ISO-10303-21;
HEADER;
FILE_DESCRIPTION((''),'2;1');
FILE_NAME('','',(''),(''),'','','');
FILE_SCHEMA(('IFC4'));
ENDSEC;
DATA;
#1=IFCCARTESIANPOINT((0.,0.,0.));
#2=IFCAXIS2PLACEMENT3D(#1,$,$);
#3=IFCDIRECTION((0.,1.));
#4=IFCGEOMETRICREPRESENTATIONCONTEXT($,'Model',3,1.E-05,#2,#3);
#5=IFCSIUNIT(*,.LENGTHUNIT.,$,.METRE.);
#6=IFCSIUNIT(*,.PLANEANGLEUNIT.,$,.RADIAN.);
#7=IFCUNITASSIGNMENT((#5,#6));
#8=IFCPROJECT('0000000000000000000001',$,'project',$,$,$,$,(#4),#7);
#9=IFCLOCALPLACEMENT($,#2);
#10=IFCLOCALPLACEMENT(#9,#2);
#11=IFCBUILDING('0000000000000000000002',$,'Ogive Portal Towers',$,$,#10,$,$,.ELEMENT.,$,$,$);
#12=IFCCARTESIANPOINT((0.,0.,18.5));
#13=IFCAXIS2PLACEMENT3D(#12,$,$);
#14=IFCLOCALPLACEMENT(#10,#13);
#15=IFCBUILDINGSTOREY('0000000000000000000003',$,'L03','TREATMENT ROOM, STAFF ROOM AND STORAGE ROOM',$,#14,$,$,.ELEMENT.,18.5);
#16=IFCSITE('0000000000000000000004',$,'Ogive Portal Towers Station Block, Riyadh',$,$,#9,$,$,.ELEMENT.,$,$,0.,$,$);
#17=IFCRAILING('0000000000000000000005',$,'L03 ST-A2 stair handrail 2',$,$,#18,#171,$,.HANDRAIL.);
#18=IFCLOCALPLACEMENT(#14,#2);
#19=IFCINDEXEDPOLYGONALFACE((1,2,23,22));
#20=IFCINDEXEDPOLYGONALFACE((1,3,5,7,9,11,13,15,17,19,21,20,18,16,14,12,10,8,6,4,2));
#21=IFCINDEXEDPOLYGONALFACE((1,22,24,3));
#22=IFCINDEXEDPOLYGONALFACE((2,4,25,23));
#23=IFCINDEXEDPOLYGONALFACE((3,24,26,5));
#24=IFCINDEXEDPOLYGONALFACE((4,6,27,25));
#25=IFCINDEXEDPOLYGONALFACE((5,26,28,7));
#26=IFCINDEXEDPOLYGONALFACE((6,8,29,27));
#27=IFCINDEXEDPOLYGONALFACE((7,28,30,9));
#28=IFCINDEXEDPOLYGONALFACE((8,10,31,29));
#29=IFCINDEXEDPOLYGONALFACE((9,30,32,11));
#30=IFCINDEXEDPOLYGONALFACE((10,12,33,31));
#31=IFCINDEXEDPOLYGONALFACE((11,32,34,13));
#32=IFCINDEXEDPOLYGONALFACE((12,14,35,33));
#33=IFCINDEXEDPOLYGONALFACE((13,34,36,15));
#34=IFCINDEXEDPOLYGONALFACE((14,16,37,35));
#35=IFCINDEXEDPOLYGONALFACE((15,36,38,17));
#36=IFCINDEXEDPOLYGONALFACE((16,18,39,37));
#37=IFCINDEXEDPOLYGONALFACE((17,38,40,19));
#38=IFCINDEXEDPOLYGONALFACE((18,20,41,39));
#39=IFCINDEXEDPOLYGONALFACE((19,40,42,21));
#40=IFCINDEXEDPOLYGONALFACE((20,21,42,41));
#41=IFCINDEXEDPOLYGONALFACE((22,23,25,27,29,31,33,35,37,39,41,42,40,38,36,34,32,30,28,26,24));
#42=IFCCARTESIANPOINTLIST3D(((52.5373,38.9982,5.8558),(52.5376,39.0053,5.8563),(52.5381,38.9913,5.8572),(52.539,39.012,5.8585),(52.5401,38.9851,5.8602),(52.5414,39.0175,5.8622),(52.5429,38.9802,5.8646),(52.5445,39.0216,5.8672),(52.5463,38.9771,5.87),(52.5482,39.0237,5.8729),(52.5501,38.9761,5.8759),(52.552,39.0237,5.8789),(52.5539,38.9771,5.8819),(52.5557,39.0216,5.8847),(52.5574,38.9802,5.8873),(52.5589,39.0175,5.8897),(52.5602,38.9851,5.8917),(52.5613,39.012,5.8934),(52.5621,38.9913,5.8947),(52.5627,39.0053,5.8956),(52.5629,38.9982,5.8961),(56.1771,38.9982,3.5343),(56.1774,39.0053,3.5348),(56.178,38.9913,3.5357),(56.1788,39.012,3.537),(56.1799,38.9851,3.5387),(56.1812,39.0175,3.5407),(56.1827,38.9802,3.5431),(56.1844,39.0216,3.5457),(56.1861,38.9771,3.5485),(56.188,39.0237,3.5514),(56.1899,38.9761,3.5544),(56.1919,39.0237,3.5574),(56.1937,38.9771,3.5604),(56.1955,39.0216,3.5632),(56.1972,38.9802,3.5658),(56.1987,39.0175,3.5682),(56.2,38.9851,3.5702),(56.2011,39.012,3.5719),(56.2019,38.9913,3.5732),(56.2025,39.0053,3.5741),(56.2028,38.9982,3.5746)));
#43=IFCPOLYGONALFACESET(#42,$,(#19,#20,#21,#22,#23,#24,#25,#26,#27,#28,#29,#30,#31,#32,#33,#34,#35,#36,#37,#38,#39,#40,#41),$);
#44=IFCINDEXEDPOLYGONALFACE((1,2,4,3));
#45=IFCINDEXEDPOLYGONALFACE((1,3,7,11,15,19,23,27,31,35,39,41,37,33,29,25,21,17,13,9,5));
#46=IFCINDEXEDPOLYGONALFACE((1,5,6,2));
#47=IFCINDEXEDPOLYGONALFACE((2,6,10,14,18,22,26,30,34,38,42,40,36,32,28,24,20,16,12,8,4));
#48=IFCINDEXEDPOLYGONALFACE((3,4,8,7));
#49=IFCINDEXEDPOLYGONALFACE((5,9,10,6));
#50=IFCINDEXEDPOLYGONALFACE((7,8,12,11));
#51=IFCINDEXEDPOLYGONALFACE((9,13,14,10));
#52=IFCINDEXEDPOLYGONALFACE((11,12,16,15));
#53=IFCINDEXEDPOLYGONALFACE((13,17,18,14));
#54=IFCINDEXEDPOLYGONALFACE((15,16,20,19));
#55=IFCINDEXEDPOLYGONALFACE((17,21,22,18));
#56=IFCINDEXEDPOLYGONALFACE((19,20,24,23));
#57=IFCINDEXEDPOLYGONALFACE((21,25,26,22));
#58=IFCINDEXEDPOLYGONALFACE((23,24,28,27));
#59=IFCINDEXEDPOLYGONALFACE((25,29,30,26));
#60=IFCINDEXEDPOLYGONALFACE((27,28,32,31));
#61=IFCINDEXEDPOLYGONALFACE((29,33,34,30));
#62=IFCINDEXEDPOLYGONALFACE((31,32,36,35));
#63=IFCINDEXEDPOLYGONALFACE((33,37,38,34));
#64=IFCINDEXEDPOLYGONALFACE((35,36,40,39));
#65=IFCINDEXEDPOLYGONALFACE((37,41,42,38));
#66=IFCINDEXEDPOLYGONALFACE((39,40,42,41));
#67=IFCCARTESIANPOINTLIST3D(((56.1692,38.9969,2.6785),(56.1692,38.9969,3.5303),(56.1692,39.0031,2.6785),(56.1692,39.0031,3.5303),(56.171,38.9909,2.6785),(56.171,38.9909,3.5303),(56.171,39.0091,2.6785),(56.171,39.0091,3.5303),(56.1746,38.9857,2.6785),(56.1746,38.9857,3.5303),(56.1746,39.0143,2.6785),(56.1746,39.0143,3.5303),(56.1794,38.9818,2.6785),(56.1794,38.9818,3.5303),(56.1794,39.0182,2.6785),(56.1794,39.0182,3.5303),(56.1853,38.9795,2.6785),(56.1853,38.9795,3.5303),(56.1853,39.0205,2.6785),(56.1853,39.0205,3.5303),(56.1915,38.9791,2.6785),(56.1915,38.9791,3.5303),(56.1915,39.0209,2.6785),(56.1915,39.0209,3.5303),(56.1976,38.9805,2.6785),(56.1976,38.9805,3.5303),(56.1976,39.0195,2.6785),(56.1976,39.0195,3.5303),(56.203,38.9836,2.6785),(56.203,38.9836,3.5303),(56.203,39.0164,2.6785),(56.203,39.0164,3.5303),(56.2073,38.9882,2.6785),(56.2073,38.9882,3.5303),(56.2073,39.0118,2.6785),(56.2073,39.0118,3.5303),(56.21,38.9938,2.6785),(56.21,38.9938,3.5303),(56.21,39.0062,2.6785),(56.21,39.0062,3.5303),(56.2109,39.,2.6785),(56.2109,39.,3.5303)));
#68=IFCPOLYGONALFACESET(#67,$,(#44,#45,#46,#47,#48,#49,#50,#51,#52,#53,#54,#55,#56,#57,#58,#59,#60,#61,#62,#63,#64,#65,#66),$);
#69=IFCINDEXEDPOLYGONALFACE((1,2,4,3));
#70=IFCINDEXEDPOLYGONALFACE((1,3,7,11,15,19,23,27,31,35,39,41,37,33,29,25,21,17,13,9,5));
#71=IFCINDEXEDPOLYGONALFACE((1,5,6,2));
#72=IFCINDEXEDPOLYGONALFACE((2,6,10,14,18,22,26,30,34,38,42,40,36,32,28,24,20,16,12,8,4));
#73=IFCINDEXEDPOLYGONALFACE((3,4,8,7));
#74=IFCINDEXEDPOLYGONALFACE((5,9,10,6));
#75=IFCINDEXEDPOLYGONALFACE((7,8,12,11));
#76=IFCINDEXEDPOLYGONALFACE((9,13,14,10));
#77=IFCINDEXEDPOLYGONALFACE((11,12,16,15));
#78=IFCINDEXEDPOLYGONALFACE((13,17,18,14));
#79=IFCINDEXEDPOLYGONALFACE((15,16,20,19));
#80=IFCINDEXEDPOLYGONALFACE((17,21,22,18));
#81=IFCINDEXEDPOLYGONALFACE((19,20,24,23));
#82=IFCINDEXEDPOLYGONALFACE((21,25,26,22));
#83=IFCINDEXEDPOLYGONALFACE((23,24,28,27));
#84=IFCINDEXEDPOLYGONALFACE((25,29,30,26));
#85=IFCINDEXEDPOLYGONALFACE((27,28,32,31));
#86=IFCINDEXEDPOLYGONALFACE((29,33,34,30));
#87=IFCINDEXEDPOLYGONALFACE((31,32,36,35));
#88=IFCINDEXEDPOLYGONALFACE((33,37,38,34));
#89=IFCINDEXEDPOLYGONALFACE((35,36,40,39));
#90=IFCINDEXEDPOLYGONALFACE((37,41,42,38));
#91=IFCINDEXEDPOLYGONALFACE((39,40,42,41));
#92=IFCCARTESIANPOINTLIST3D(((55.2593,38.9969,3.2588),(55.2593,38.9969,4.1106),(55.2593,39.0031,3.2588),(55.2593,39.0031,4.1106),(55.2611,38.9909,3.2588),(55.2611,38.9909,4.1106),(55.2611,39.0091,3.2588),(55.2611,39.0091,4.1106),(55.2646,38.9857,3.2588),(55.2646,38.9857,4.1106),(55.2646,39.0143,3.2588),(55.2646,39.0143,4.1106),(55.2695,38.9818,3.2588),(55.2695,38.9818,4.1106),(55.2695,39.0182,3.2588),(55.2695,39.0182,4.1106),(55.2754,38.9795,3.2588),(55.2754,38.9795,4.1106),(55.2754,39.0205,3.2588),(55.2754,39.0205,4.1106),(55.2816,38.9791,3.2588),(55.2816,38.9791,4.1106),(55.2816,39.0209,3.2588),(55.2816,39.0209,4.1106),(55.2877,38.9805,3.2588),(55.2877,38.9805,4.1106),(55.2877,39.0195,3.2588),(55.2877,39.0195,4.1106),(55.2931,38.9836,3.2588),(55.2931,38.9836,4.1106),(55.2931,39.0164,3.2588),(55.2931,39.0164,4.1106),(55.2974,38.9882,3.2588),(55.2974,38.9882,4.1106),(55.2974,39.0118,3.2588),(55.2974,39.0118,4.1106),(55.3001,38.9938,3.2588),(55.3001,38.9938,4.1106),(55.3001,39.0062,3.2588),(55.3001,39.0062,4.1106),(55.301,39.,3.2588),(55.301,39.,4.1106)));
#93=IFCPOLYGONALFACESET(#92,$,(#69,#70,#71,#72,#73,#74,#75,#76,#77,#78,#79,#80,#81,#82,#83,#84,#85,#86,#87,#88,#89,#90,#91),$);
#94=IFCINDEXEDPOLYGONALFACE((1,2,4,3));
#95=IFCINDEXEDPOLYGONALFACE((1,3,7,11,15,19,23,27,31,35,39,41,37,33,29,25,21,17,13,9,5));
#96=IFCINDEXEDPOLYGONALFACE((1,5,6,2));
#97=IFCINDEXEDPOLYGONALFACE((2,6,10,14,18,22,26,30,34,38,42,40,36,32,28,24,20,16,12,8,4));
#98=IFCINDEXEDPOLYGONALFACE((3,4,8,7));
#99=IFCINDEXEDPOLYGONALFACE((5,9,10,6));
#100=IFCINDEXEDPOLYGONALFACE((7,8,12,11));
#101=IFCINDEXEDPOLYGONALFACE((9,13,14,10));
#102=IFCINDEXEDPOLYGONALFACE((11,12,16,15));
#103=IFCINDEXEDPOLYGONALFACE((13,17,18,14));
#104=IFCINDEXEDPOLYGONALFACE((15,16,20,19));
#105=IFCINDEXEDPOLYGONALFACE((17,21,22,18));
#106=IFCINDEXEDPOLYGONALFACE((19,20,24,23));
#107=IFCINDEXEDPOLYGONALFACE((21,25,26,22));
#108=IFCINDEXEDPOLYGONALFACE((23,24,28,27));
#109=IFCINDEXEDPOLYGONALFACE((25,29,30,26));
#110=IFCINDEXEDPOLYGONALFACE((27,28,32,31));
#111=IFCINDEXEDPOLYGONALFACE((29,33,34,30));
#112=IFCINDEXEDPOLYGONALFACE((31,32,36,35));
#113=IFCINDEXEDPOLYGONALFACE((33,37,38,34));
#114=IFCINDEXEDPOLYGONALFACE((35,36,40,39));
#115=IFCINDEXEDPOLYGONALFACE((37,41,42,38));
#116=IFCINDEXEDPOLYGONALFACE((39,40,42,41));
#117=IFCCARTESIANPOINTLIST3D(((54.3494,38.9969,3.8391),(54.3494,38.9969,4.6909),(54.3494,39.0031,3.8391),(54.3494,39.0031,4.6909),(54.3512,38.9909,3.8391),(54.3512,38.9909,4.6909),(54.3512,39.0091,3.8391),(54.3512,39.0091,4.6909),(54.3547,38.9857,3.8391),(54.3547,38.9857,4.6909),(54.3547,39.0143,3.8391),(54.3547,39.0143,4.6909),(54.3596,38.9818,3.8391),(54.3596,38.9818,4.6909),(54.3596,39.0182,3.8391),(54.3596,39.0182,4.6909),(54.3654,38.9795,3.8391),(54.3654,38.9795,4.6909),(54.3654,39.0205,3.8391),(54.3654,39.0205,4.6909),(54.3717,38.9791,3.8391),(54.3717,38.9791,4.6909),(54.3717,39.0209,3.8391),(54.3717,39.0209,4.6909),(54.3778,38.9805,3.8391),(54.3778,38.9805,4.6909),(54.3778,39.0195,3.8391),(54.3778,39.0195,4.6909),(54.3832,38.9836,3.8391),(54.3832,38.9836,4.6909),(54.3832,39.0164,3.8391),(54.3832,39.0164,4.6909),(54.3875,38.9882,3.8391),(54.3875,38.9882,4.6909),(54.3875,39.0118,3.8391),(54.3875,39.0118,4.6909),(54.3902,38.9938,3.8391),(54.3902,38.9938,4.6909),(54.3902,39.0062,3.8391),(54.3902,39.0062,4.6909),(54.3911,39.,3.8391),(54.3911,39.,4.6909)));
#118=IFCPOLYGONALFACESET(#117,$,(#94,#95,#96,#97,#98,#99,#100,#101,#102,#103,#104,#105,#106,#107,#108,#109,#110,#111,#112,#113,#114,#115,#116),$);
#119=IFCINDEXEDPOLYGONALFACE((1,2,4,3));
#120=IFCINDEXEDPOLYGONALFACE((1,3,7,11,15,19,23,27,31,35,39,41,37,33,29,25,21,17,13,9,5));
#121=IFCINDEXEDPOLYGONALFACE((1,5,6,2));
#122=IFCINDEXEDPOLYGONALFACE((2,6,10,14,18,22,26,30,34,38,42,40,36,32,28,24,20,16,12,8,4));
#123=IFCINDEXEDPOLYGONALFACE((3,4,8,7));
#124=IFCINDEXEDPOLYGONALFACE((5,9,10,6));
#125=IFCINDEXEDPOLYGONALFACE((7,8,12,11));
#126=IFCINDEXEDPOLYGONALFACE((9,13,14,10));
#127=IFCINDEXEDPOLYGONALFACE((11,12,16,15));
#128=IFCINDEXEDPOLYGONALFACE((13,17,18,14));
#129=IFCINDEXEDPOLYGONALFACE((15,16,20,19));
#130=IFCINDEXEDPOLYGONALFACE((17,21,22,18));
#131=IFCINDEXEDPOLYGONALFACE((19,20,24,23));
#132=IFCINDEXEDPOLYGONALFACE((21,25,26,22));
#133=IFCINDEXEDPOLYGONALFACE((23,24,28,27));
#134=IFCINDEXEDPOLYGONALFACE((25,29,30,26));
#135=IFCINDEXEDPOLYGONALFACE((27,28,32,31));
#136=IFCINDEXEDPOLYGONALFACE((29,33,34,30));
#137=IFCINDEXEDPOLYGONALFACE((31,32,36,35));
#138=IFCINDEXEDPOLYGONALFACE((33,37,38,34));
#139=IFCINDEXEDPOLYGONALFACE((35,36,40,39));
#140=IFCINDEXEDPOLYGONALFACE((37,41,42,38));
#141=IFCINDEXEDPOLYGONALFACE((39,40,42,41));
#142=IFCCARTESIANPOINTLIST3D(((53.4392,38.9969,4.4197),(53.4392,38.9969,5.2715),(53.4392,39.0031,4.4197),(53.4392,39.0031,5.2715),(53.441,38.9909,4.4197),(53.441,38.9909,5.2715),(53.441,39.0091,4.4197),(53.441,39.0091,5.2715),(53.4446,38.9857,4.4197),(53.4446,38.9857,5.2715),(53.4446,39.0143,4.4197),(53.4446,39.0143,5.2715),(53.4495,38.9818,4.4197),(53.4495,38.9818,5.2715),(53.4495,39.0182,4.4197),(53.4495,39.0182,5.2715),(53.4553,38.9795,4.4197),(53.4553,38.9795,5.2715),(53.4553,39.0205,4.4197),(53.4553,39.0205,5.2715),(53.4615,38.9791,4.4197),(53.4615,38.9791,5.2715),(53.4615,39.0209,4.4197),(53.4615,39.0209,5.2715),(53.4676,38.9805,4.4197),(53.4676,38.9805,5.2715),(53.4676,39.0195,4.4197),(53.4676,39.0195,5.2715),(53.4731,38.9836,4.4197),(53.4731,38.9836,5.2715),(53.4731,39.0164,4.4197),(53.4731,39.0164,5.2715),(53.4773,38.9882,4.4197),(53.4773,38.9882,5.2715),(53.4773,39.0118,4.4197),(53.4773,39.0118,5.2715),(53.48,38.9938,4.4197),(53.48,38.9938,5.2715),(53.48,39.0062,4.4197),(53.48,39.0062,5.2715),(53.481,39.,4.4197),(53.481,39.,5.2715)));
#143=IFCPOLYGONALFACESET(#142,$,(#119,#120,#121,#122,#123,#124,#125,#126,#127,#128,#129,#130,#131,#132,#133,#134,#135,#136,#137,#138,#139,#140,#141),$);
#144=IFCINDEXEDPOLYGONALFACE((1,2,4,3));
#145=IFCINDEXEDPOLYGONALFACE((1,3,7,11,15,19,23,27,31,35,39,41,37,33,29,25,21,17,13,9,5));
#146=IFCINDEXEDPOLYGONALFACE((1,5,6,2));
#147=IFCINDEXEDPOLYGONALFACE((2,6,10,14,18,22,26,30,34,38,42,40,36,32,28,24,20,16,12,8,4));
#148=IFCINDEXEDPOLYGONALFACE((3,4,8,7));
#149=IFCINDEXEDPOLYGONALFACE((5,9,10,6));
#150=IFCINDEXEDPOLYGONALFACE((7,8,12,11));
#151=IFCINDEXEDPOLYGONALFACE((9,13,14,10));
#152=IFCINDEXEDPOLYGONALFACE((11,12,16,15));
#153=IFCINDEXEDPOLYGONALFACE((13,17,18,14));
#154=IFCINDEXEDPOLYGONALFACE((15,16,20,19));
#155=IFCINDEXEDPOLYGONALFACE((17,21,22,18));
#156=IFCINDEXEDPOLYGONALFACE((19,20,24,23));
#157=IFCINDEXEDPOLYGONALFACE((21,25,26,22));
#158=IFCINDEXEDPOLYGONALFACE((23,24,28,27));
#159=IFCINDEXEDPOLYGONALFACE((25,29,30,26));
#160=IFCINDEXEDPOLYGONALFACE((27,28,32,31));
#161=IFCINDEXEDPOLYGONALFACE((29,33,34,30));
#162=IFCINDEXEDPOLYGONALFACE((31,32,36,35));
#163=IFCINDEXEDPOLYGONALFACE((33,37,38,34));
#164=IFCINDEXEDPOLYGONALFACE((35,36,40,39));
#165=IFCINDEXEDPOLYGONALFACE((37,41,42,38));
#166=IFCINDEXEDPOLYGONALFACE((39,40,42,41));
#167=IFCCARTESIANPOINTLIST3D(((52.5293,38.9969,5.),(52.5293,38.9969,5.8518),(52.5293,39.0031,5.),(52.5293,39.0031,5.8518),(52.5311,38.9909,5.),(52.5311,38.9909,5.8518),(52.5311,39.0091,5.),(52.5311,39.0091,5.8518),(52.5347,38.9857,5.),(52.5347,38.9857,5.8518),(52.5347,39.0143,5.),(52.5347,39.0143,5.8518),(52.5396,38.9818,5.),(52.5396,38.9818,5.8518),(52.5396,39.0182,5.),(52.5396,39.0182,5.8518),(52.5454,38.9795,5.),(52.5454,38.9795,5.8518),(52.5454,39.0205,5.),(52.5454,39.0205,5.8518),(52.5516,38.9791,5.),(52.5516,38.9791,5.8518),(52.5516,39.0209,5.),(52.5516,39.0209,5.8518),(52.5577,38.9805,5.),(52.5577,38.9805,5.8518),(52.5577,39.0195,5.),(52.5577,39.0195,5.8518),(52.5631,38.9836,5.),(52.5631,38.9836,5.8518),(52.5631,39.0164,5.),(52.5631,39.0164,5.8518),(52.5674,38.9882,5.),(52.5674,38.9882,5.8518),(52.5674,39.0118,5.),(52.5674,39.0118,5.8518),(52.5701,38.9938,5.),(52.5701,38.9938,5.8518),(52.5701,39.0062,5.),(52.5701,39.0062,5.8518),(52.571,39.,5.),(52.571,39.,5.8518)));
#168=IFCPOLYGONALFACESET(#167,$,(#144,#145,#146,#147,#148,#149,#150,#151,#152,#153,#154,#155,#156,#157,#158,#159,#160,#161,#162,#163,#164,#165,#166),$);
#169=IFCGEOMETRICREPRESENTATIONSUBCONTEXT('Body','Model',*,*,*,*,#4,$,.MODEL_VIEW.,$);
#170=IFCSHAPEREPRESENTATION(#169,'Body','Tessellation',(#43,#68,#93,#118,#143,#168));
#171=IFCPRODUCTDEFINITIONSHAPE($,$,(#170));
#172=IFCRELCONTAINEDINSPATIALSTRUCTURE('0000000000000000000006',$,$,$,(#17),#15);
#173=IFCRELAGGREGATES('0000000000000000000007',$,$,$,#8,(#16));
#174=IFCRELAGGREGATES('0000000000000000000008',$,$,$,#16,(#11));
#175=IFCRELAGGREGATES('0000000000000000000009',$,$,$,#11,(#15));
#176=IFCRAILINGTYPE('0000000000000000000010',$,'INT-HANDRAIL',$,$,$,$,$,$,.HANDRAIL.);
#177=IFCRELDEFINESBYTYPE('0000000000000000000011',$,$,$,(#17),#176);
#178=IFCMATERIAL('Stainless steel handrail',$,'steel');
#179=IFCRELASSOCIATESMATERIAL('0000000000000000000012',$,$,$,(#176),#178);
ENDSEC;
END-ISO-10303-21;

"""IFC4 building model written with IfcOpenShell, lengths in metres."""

from ifc_helpers import new_model, si_unit, direction, frame, origin, origin_2d, place, context, subcontext, project, spatial, circle, extrude, material, type_object, element, save


model = new_model("IFC4")

# Units and contexts
model_context = context("Model", 3, precision=1e-05, world=origin(), true_north=direction((0.0, 1.0)))
body_context = subcontext(model_context, "Body", "Model", "MODEL_VIEW")
ifc_project = project(units=[si_unit("LENGTHUNIT", "METRE"), si_unit("PLANEANGLEUNIT", "RADIAN")], contexts=[model_context])

# Site, building, storey
site_placement = place(None, origin())
site = spatial("IfcSite", under=ifc_project, at=site_placement, Name="Ogive Portal Towers Station Block, Riyadh", CompositionType="ELEMENT", RefElevation=0.0)
building_placement = place(site_placement, origin())
building = spatial("IfcBuilding", under=site, at=building_placement, Name="Ogive Portal Towers", CompositionType="ELEMENT")
storey_placement = place(building_placement, frame((0.0, 0.0, 18.5)))
storey = spatial("IfcBuildingStorey", under=building, at=storey_placement, Name="L03", Description="TREATMENT ROOM, STAFF ROOM AND STORAGE ROOM", CompositionType="ELEMENT", Elevation=18.5)

# Railing
ifc_material_1 = material(Name="Stainless steel handrail", Category="steel")
railing_type_1 = type_object("IfcRailingType", Name="INT-HANDRAIL", PredefinedType="HANDRAIL", material=ifc_material_1)
railing_1_placement = place(storey_placement, frame((56.1899, 39.0, 2.6785)))
element("IfcRailing", 1, at=railing_1_placement, inside=storey, type_object=railing_type_1, Name="L03 ST-A2 stair handrail 2", PredefinedType="HANDRAIL", context=body_context, shape_type="SweptSolid", body=[
    extrude(circle(Radius=0.0239, at=origin_2d()), frame((0.0, 0.0, 0.876), z_axis=(-0.843112, 0.0, 0.537739), x_axis=(0.0, -1.0, 0.0)), (0.0, 0.0, 1.0), 4.3171),
    extrude(circle(Radius=0.021, at=origin_2d()), origin(), (0.0, 0.0, 1.0), 0.8518),
    extrude(circle(Radius=0.021, at=origin_2d()), frame((-0.9099, 0.0, 0.5803)), (0.0, 0.0, 1.0), 0.8518),
    extrude(circle(Radius=0.021, at=origin_2d()), frame((-1.8198, 0.0, 1.1606)), (0.0, 0.0, 1.0), 0.8518),
    extrude(circle(Radius=0.021, at=origin_2d()), frame((-2.73, 0.0, 1.7412)), (0.0, 0.0, 1.0), 0.8518),
    extrude(circle(Radius=0.021, at=origin_2d()), frame((-3.6399, 0.0, 2.3215)), (0.0, 0.0, 1.0), 0.8518),
])

save(model, "model.ifc")
